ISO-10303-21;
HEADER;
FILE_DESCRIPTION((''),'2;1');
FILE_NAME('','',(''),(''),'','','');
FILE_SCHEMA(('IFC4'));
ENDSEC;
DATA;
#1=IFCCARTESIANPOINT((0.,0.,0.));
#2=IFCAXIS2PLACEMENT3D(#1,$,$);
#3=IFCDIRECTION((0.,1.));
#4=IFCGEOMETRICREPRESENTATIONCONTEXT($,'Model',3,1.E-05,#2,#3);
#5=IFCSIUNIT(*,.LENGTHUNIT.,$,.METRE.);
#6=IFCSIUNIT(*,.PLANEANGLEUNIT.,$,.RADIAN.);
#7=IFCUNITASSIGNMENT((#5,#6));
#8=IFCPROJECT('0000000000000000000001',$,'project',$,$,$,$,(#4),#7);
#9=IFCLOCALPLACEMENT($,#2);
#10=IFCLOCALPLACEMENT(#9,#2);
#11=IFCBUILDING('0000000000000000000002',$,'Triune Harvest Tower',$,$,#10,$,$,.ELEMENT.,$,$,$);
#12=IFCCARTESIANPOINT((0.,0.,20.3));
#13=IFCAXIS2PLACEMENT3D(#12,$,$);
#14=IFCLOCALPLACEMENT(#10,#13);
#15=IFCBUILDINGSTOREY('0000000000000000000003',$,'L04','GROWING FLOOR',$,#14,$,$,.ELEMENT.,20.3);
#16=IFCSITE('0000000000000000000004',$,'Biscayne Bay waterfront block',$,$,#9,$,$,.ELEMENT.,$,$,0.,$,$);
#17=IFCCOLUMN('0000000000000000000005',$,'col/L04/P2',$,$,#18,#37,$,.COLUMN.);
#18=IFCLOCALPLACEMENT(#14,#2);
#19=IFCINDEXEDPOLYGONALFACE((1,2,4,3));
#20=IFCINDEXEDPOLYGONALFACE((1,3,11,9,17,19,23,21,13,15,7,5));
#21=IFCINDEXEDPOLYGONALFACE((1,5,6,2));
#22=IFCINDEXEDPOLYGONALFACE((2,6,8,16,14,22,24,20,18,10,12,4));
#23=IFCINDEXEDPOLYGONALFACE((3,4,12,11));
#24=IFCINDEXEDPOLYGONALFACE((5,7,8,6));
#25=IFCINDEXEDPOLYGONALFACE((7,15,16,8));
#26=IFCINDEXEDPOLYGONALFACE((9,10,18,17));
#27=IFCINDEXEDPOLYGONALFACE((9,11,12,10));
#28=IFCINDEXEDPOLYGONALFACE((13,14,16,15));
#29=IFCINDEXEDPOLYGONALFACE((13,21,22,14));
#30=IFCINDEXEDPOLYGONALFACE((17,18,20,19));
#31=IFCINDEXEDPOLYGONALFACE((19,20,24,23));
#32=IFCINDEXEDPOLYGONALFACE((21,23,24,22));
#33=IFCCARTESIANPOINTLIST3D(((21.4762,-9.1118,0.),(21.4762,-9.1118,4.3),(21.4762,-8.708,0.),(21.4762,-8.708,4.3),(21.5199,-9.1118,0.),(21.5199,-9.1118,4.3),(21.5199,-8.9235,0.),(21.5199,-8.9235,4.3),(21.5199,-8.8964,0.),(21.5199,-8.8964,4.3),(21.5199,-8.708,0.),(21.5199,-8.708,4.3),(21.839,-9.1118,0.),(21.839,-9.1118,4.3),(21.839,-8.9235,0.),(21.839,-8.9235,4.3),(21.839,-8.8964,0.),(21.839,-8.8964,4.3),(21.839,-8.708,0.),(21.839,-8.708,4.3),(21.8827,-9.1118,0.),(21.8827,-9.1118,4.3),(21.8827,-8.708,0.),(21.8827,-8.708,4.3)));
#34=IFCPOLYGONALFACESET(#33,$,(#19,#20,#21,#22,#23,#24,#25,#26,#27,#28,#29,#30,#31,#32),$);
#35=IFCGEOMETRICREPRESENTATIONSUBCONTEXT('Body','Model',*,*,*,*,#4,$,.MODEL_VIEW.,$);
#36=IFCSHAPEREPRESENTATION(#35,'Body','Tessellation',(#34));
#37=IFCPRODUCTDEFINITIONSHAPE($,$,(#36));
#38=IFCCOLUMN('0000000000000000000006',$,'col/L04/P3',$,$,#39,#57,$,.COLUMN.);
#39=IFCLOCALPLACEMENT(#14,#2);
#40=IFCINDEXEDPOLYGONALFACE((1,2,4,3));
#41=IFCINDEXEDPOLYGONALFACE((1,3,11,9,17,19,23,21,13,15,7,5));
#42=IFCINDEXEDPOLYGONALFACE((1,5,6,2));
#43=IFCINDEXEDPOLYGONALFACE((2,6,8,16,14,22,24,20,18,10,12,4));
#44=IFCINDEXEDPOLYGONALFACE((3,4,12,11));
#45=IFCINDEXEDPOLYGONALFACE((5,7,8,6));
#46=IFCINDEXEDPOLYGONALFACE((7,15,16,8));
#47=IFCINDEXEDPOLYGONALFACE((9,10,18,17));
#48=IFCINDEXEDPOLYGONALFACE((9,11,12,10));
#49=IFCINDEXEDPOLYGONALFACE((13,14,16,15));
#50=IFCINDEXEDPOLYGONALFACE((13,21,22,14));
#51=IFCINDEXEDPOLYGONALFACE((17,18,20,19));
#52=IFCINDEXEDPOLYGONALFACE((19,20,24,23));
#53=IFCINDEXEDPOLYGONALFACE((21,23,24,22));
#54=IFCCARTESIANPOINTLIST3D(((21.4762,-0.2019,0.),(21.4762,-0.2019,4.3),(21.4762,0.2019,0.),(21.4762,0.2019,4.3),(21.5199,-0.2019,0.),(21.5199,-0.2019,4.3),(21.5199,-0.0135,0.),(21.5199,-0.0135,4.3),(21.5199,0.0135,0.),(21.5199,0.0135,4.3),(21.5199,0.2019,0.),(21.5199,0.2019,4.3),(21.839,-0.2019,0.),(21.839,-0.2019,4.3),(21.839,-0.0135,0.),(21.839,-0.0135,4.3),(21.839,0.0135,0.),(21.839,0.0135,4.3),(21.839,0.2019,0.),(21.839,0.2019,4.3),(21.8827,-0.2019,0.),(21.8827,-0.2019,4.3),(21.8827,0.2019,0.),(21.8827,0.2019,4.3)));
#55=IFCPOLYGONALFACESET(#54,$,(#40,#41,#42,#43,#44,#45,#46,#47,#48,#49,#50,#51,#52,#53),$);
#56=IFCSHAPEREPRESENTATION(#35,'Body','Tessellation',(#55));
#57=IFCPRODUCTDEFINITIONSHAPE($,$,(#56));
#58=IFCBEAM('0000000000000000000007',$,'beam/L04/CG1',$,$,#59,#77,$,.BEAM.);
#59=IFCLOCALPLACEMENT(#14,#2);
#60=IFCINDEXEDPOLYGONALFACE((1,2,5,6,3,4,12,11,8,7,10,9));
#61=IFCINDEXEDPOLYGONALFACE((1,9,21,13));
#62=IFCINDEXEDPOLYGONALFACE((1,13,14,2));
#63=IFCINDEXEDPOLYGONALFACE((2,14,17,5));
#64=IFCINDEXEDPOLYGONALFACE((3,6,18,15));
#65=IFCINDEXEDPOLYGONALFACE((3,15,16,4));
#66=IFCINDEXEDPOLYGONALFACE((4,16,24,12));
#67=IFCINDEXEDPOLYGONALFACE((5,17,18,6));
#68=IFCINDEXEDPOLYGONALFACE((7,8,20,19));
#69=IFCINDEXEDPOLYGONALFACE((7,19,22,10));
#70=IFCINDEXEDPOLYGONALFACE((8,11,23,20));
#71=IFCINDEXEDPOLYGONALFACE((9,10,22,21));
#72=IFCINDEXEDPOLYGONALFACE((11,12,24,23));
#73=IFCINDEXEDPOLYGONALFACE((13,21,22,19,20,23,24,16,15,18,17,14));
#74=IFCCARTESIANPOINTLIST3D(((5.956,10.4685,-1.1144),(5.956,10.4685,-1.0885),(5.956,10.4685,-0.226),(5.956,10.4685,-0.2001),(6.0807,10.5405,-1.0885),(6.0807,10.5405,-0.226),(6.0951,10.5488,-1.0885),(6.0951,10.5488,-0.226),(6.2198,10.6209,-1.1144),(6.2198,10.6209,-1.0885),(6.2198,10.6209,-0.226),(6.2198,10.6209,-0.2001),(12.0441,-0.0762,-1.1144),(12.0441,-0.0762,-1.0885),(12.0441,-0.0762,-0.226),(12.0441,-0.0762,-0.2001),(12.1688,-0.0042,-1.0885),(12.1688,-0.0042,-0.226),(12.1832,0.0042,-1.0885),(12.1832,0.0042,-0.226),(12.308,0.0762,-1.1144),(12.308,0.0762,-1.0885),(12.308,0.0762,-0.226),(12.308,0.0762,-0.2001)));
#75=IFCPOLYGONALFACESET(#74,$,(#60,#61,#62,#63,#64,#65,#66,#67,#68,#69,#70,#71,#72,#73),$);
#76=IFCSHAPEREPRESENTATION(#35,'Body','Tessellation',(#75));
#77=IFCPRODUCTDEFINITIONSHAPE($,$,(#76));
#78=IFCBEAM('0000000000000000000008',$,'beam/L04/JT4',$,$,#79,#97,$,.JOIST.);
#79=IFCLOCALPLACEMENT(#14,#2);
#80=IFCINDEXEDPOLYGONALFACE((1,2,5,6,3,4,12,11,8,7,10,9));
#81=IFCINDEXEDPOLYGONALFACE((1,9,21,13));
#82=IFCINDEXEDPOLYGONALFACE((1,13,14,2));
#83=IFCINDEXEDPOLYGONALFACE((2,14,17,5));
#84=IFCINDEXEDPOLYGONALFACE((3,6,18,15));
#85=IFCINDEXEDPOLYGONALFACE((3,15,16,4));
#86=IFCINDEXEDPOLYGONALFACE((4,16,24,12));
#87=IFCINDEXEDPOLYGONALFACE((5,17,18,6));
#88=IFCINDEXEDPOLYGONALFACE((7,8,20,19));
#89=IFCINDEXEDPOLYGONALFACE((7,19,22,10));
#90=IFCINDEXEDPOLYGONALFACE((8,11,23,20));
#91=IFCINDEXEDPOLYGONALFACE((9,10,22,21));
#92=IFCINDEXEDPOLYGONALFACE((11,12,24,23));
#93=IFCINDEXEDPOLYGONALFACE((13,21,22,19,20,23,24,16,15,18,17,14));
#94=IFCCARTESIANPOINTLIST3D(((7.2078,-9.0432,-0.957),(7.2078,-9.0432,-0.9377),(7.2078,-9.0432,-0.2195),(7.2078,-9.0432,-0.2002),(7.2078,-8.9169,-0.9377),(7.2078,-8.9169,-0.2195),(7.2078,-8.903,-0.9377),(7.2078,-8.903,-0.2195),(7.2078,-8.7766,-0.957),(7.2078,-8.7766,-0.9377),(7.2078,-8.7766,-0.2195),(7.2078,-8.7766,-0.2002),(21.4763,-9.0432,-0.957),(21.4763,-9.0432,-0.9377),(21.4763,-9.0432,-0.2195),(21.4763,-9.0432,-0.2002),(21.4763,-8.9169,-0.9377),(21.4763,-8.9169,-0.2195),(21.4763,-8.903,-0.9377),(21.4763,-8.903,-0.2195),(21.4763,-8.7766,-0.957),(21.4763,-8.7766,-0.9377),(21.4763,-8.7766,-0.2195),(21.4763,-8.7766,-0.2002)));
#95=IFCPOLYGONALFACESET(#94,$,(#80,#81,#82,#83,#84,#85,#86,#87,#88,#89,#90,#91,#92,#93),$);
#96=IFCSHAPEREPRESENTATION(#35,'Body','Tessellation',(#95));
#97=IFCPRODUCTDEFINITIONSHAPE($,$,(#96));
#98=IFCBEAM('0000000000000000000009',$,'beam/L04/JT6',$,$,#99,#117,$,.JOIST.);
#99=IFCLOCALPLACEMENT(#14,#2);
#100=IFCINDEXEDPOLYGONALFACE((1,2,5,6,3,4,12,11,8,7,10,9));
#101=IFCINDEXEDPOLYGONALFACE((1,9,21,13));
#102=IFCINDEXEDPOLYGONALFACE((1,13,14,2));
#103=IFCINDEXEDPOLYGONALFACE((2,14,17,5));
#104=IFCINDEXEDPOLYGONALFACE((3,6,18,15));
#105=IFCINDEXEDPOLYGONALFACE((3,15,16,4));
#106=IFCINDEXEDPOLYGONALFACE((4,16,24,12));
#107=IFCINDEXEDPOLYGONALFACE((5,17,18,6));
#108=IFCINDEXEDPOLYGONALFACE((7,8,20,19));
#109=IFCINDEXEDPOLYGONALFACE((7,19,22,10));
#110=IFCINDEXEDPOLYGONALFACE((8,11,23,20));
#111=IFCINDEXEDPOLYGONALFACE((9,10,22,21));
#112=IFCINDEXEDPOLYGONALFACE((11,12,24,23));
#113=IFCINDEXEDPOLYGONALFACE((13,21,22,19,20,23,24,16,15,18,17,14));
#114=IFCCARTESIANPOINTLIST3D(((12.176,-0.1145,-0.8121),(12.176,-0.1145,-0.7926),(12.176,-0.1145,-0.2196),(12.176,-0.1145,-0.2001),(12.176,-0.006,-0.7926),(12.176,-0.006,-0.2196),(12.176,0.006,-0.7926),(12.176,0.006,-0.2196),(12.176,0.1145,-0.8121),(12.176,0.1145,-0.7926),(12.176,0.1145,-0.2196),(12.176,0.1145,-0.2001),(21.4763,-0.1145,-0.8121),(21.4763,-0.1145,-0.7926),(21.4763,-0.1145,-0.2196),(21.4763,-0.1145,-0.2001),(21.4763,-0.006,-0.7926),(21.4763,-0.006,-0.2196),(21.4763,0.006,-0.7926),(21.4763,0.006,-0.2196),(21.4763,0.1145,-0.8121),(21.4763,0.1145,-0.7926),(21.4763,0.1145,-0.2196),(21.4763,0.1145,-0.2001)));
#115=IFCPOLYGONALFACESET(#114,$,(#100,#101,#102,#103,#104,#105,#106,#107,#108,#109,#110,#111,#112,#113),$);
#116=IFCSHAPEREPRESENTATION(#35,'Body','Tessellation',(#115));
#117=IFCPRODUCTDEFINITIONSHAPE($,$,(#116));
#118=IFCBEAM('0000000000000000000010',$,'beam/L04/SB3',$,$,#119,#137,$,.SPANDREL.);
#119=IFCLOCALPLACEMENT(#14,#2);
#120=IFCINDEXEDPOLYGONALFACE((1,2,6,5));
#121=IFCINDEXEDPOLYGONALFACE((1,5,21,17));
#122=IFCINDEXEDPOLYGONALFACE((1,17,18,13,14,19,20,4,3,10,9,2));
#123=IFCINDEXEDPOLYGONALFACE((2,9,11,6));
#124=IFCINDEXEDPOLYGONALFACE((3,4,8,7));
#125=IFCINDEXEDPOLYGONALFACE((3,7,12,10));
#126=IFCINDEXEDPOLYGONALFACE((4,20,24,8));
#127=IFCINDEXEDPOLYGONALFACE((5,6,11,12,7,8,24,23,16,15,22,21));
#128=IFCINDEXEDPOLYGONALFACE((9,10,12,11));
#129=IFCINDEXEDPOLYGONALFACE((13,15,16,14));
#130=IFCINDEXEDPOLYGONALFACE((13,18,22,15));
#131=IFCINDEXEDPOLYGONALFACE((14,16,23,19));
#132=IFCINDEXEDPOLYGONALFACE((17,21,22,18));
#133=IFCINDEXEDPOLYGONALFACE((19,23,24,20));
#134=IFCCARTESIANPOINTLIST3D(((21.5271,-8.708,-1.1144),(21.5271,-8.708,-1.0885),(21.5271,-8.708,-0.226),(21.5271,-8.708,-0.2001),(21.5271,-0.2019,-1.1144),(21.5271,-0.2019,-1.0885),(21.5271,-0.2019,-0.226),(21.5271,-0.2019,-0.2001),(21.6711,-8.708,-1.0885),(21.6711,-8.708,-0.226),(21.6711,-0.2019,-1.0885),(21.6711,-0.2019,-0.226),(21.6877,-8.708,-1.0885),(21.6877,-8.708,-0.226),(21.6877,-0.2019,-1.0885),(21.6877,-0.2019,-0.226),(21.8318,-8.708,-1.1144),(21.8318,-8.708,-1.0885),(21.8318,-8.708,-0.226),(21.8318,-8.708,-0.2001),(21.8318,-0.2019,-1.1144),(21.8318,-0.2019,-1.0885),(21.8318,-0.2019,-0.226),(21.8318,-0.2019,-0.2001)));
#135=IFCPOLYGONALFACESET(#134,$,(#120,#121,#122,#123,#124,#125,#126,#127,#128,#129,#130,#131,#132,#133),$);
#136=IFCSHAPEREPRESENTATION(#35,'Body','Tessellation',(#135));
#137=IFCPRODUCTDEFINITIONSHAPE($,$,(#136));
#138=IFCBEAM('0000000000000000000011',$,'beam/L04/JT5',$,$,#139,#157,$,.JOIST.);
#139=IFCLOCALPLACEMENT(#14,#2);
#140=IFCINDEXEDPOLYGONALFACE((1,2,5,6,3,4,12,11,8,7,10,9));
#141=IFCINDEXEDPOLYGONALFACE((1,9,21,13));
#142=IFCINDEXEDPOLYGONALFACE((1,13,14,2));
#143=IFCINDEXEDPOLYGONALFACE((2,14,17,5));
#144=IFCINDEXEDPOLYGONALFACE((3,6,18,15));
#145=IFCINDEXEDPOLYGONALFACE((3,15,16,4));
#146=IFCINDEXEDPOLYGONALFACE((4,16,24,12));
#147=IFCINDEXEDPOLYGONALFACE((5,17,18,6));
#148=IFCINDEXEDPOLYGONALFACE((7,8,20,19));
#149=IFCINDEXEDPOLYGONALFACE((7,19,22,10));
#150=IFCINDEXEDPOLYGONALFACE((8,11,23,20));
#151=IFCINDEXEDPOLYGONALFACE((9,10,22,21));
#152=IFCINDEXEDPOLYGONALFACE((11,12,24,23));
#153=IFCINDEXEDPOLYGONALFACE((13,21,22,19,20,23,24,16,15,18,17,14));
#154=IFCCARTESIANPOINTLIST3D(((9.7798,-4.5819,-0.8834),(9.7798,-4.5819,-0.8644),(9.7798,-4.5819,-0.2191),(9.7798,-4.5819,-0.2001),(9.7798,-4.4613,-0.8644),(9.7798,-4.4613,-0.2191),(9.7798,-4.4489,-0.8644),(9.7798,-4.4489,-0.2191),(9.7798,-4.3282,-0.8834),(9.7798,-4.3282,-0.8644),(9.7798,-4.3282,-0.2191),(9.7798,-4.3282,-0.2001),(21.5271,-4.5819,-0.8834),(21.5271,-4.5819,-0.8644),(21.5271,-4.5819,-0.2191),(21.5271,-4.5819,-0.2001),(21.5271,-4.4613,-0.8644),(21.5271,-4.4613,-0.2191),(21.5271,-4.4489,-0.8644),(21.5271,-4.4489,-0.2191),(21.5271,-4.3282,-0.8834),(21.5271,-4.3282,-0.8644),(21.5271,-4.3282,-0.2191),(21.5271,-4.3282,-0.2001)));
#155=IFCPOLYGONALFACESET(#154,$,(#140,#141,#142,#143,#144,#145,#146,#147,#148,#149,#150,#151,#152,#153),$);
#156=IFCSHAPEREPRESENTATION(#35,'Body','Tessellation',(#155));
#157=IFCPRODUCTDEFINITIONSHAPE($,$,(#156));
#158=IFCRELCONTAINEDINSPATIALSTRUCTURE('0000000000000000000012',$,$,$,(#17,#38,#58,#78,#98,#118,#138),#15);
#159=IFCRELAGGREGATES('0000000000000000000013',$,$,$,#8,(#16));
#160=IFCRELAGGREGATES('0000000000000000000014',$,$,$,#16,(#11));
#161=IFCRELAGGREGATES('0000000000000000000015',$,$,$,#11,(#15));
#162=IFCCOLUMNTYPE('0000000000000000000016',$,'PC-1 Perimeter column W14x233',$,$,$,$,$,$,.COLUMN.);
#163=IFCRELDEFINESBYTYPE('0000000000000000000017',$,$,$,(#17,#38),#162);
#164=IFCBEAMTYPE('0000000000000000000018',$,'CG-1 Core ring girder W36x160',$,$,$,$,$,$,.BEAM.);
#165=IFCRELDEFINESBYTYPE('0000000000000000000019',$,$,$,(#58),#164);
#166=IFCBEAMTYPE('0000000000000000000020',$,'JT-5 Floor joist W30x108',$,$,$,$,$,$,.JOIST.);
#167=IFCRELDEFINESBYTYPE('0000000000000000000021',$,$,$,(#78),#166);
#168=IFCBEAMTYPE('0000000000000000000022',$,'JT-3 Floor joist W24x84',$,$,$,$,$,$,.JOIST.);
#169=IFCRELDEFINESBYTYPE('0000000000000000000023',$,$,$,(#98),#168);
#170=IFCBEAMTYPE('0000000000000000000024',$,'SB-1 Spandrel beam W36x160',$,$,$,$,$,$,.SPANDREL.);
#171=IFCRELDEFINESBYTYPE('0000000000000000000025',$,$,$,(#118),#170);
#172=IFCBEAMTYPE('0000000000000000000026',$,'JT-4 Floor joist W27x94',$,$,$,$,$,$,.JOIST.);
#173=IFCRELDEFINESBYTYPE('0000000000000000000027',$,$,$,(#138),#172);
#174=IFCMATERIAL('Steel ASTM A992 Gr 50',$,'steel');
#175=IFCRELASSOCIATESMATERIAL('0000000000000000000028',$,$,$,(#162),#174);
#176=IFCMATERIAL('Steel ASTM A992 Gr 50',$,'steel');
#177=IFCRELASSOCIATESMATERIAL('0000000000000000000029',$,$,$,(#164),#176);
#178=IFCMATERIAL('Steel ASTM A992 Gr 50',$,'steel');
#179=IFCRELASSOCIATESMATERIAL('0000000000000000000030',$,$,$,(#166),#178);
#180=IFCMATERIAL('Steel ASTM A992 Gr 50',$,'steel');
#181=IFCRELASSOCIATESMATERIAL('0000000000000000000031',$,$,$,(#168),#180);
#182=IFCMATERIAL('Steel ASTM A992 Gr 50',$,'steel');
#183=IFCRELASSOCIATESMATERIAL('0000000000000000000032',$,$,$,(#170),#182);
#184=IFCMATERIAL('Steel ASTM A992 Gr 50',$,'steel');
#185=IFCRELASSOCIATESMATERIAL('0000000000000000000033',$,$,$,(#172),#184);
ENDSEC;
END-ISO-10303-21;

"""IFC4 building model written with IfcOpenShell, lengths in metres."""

from ifc_helpers import new_model, si_unit, direction, frame, origin, origin_2d, place, context, subcontext, project, spatial, i_section, extrude, source, transform, mapped, material, material_profile, profile_set, type_object, element, save


model = new_model("IFC4")

# Units and contexts
model_context = context("Model", 3, precision=1e-05, world=origin(), true_north=direction((0.0, 1.0)))
body_context = subcontext(model_context, "Body", "Model", "MODEL_VIEW")
ifc_project = project(units=[si_unit("LENGTHUNIT", "METRE"), si_unit("PLANEANGLEUNIT", "RADIAN")], contexts=[model_context])

# Site, building, storey
site_placement = place(None, origin())
site = spatial("IfcSite", under=ifc_project, at=site_placement, Name="Biscayne Bay waterfront block", CompositionType="ELEMENT", RefElevation=0.0)
building_placement = place(site_placement, origin())
building = spatial("IfcBuilding", under=site, at=building_placement, Name="Triune Harvest Tower", CompositionType="ELEMENT")
storey_placement = place(building_placement, frame((0.0, 0.0, 20.3)))
storey = spatial("IfcBuildingStorey", under=building, at=storey_placement, Name="L04", Description="GROWING FLOOR", CompositionType="ELEMENT", Elevation=20.3)

# Columns
ifc_material_1 = material(Name="Steel ASTM A992 Gr 50", Category="steel")
ifc_material_profile_1 = material_profile(ifc_material_1, i_section(OverallWidth=0.4038, OverallDepth=0.4065, WebThickness=0.0271, FlangeThickness=0.0437, at=origin_2d()), Name="W14x233")
ifc_profile_set_1 = profile_set([ifc_material_profile_1], Name="Steel ASTM A992 Gr 50")
column_type = type_object("IfcColumnType", Name="PC-1 Perimeter column W14x233", PredefinedType="COLUMN", material=ifc_profile_set_1)
shared_shape_1 = source(origin(), body_context, "Body", "SweptSolid", [
    extrude(i_section(OverallWidth=0.4038, OverallDepth=0.4065, WebThickness=0.0271, FlangeThickness=0.0437, at=origin_2d()), origin(), (0.0, 0.0, 1.0), 4.3),
])
for number, where, z_axis, x_axis, name in (
    (1, (21.6794, -8.9099, 0.0), (0.0, 0.0, 1.0), (0.0, 1.0, 0.0), "col/L04/P2"),
    (2, (21.6794, 0.0, 0.0), (0.0, 0.0, 1.0), (0.0, 1.0, 0.0), "col/L04/P3"),
):
    element("IfcColumn", number, at=place(storey_placement, frame(where, z_axis=z_axis, x_axis=x_axis)), inside=storey, type_object=column_type, Name=name, PredefinedType="COLUMN", context=body_context, shape_type="MappedRepresentation", body=[
        mapped(shared_shape_1, transform((0.0, 0.0, 0.0), scale=1.0)),
    ])

# Beams
ifc_material_2 = material(Name="Steel ASTM A992 Gr 50", Category="steel")
ifc_material_profile_2 = material_profile(ifc_material_2, i_section(OverallWidth=0.3047, OverallDepth=0.9143, WebThickness=0.0166, FlangeThickness=0.0259, at=origin_2d()), Name="W36x160")
ifc_profile_set_2 = profile_set([ifc_material_profile_2], Name="Steel ASTM A992 Gr 50")
beam_type_1 = type_object("IfcBeamType", Name="CG-1 Core ring girder W36x160", PredefinedType="BEAM", material=ifc_profile_set_2)
shared_shape_2 = source(origin(), body_context, "Body", "SweptSolid", [
    extrude(i_section(OverallWidth=0.3047, OverallDepth=0.9143, WebThickness=0.0166, FlangeThickness=0.0259, at=origin_2d()), origin(), (0.0, 0.0, 1.0), 12.176),
])
beam_1_placement = place(storey_placement, frame((12.176, 0.0, -0.6572), z_axis=(-0.50001, 0.86602, 0.0), x_axis=(-0.86602, -0.50001, 0.0)))
element("IfcBeam", 3, at=beam_1_placement, inside=storey, type_object=beam_type_1, Name="beam/L04/CG1", PredefinedType="BEAM", context=body_context, shape_type="MappedRepresentation", body=[
    mapped(shared_shape_2, transform((0.0, 0.0, 0.0), scale=1.0)),
])
ifc_material_3 = material(Name="Steel ASTM A992 Gr 50", Category="steel")
ifc_material_profile_3 = material_profile(ifc_material_3, i_section(OverallWidth=0.2666, OverallDepth=0.7568, WebThickness=0.0139, FlangeThickness=0.0193, at=origin_2d()), Name="W30x108")
ifc_profile_set_3 = profile_set([ifc_material_profile_3], Name="Steel ASTM A992 Gr 50")
beam_type_2 = type_object("IfcBeamType", Name="JT-5 Floor joist W30x108", PredefinedType="JOIST", material=ifc_profile_set_3)
shared_shape_3 = source(origin(), body_context, "Body", "SweptSolid", [
    extrude(i_section(OverallWidth=0.2666, OverallDepth=0.7568, WebThickness=0.0139, FlangeThickness=0.0193, at=origin_2d()), origin(), (0.0, 0.0, 1.0), 14.2686),
])
beam_2_placement = place(storey_placement, frame((21.4763, -8.9099, -0.5786), z_axis=(-1.0, 0.0, 0.0), x_axis=(0.0, -1.0, 0.0)))
element("IfcBeam", 4, at=beam_2_placement, inside=storey, type_object=beam_type_2, Name="beam/L04/JT4", PredefinedType="JOIST", context=body_context, shape_type="MappedRepresentation", body=[
    mapped(shared_shape_3, transform((0.0, 0.0, 0.0), scale=1.0)),
])
ifc_material_4 = material(Name="Steel ASTM A992 Gr 50", Category="steel")
ifc_material_profile_4 = material_profile(ifc_material_4, i_section(OverallWidth=0.229, OverallDepth=0.6121, WebThickness=0.012, FlangeThickness=0.0195, at=origin_2d()), Name="W24x84")
ifc_profile_set_4 = profile_set([ifc_material_profile_4], Name="Steel ASTM A992 Gr 50")
beam_type_3 = type_object("IfcBeamType", Name="JT-3 Floor joist W24x84", PredefinedType="JOIST", material=ifc_profile_set_4)
shared_shape_4 = source(origin(), body_context, "Body", "SweptSolid", [
    extrude(i_section(OverallWidth=0.229, OverallDepth=0.6121, WebThickness=0.012, FlangeThickness=0.0195, at=origin_2d()), origin(), (0.0, 0.0, 1.0), 9.3003),
])
beam_3_placement = place(storey_placement, frame((21.4763, 0.0, -0.5061), z_axis=(-1.0, 0.0, 0.0), x_axis=(0.0, -1.0, 0.0)))
element("IfcBeam", 5, at=beam_3_placement, inside=storey, type_object=beam_type_3, Name="beam/L04/JT6", PredefinedType="JOIST", context=body_context, shape_type="MappedRepresentation", body=[
    mapped(shared_shape_4, transform((0.0, 0.0, 0.0), scale=1.0)),
])
ifc_material_5 = material(Name="Steel ASTM A992 Gr 50", Category="steel")
ifc_material_profile_5 = material_profile(ifc_material_5, i_section(OverallWidth=0.3047, OverallDepth=0.9143, WebThickness=0.0166, FlangeThickness=0.0259, at=origin_2d()), Name="W36x160")
ifc_profile_set_5 = profile_set([ifc_material_profile_5], Name="Steel ASTM A992 Gr 50")
beam_type_4 = type_object("IfcBeamType", Name="SB-1 Spandrel beam W36x160", PredefinedType="SPANDREL", material=ifc_profile_set_5)
shared_shape_5 = source(origin(), body_context, "Body", "SweptSolid", [
    extrude(i_section(OverallWidth=0.3047, OverallDepth=0.9143, WebThickness=0.0166, FlangeThickness=0.0259, at=origin_2d()), origin(), (0.0, 0.0, 1.0), 8.5061),
])
beam_4_placement = place(storey_placement, frame((21.6794, -8.708, -0.6572), z_axis=(0.0, 1.0, 0.0), x_axis=(-1.0, 0.0, 0.0)))
element("IfcBeam", 6, at=beam_4_placement, inside=storey, type_object=beam_type_4, Name="beam/L04/SB3", PredefinedType="SPANDREL", context=body_context, shape_type="MappedRepresentation", body=[
    mapped(shared_shape_5, transform((0.0, 0.0, 0.0), scale=1.0)),
])
ifc_material_6 = material(Name="Steel ASTM A992 Gr 50", Category="steel")
ifc_material_profile_6 = material_profile(ifc_material_6, i_section(OverallWidth=0.2537, OverallDepth=0.6833, WebThickness=0.0125, FlangeThickness=0.019, at=origin_2d()), Name="W27x94")
ifc_profile_set_6 = profile_set([ifc_material_profile_6], Name="Steel ASTM A992 Gr 50")
beam_type_5 = type_object("IfcBeamType", Name="JT-4 Floor joist W27x94", PredefinedType="JOIST", material=ifc_profile_set_6)
shared_shape_6 = source(origin(), body_context, "Body", "SweptSolid", [
    extrude(i_section(OverallWidth=0.2537, OverallDepth=0.6833, WebThickness=0.0125, FlangeThickness=0.019, at=origin_2d()), origin(), (0.0, 0.0, 1.0), 11.7473),
])
beam_5_placement = place(storey_placement, frame((21.5271, -4.4551, -0.5417), z_axis=(-1.0, 0.0, 0.0), x_axis=(0.0, -1.0, 0.0)))
element("IfcBeam", 7, at=beam_5_placement, inside=storey, type_object=beam_type_5, Name="beam/L04/JT5", PredefinedType="JOIST", context=body_context, shape_type="MappedRepresentation", body=[
    mapped(shared_shape_6, transform((0.0, 0.0, 0.0), scale=1.0)),
])

save(model, "model.ifc")
